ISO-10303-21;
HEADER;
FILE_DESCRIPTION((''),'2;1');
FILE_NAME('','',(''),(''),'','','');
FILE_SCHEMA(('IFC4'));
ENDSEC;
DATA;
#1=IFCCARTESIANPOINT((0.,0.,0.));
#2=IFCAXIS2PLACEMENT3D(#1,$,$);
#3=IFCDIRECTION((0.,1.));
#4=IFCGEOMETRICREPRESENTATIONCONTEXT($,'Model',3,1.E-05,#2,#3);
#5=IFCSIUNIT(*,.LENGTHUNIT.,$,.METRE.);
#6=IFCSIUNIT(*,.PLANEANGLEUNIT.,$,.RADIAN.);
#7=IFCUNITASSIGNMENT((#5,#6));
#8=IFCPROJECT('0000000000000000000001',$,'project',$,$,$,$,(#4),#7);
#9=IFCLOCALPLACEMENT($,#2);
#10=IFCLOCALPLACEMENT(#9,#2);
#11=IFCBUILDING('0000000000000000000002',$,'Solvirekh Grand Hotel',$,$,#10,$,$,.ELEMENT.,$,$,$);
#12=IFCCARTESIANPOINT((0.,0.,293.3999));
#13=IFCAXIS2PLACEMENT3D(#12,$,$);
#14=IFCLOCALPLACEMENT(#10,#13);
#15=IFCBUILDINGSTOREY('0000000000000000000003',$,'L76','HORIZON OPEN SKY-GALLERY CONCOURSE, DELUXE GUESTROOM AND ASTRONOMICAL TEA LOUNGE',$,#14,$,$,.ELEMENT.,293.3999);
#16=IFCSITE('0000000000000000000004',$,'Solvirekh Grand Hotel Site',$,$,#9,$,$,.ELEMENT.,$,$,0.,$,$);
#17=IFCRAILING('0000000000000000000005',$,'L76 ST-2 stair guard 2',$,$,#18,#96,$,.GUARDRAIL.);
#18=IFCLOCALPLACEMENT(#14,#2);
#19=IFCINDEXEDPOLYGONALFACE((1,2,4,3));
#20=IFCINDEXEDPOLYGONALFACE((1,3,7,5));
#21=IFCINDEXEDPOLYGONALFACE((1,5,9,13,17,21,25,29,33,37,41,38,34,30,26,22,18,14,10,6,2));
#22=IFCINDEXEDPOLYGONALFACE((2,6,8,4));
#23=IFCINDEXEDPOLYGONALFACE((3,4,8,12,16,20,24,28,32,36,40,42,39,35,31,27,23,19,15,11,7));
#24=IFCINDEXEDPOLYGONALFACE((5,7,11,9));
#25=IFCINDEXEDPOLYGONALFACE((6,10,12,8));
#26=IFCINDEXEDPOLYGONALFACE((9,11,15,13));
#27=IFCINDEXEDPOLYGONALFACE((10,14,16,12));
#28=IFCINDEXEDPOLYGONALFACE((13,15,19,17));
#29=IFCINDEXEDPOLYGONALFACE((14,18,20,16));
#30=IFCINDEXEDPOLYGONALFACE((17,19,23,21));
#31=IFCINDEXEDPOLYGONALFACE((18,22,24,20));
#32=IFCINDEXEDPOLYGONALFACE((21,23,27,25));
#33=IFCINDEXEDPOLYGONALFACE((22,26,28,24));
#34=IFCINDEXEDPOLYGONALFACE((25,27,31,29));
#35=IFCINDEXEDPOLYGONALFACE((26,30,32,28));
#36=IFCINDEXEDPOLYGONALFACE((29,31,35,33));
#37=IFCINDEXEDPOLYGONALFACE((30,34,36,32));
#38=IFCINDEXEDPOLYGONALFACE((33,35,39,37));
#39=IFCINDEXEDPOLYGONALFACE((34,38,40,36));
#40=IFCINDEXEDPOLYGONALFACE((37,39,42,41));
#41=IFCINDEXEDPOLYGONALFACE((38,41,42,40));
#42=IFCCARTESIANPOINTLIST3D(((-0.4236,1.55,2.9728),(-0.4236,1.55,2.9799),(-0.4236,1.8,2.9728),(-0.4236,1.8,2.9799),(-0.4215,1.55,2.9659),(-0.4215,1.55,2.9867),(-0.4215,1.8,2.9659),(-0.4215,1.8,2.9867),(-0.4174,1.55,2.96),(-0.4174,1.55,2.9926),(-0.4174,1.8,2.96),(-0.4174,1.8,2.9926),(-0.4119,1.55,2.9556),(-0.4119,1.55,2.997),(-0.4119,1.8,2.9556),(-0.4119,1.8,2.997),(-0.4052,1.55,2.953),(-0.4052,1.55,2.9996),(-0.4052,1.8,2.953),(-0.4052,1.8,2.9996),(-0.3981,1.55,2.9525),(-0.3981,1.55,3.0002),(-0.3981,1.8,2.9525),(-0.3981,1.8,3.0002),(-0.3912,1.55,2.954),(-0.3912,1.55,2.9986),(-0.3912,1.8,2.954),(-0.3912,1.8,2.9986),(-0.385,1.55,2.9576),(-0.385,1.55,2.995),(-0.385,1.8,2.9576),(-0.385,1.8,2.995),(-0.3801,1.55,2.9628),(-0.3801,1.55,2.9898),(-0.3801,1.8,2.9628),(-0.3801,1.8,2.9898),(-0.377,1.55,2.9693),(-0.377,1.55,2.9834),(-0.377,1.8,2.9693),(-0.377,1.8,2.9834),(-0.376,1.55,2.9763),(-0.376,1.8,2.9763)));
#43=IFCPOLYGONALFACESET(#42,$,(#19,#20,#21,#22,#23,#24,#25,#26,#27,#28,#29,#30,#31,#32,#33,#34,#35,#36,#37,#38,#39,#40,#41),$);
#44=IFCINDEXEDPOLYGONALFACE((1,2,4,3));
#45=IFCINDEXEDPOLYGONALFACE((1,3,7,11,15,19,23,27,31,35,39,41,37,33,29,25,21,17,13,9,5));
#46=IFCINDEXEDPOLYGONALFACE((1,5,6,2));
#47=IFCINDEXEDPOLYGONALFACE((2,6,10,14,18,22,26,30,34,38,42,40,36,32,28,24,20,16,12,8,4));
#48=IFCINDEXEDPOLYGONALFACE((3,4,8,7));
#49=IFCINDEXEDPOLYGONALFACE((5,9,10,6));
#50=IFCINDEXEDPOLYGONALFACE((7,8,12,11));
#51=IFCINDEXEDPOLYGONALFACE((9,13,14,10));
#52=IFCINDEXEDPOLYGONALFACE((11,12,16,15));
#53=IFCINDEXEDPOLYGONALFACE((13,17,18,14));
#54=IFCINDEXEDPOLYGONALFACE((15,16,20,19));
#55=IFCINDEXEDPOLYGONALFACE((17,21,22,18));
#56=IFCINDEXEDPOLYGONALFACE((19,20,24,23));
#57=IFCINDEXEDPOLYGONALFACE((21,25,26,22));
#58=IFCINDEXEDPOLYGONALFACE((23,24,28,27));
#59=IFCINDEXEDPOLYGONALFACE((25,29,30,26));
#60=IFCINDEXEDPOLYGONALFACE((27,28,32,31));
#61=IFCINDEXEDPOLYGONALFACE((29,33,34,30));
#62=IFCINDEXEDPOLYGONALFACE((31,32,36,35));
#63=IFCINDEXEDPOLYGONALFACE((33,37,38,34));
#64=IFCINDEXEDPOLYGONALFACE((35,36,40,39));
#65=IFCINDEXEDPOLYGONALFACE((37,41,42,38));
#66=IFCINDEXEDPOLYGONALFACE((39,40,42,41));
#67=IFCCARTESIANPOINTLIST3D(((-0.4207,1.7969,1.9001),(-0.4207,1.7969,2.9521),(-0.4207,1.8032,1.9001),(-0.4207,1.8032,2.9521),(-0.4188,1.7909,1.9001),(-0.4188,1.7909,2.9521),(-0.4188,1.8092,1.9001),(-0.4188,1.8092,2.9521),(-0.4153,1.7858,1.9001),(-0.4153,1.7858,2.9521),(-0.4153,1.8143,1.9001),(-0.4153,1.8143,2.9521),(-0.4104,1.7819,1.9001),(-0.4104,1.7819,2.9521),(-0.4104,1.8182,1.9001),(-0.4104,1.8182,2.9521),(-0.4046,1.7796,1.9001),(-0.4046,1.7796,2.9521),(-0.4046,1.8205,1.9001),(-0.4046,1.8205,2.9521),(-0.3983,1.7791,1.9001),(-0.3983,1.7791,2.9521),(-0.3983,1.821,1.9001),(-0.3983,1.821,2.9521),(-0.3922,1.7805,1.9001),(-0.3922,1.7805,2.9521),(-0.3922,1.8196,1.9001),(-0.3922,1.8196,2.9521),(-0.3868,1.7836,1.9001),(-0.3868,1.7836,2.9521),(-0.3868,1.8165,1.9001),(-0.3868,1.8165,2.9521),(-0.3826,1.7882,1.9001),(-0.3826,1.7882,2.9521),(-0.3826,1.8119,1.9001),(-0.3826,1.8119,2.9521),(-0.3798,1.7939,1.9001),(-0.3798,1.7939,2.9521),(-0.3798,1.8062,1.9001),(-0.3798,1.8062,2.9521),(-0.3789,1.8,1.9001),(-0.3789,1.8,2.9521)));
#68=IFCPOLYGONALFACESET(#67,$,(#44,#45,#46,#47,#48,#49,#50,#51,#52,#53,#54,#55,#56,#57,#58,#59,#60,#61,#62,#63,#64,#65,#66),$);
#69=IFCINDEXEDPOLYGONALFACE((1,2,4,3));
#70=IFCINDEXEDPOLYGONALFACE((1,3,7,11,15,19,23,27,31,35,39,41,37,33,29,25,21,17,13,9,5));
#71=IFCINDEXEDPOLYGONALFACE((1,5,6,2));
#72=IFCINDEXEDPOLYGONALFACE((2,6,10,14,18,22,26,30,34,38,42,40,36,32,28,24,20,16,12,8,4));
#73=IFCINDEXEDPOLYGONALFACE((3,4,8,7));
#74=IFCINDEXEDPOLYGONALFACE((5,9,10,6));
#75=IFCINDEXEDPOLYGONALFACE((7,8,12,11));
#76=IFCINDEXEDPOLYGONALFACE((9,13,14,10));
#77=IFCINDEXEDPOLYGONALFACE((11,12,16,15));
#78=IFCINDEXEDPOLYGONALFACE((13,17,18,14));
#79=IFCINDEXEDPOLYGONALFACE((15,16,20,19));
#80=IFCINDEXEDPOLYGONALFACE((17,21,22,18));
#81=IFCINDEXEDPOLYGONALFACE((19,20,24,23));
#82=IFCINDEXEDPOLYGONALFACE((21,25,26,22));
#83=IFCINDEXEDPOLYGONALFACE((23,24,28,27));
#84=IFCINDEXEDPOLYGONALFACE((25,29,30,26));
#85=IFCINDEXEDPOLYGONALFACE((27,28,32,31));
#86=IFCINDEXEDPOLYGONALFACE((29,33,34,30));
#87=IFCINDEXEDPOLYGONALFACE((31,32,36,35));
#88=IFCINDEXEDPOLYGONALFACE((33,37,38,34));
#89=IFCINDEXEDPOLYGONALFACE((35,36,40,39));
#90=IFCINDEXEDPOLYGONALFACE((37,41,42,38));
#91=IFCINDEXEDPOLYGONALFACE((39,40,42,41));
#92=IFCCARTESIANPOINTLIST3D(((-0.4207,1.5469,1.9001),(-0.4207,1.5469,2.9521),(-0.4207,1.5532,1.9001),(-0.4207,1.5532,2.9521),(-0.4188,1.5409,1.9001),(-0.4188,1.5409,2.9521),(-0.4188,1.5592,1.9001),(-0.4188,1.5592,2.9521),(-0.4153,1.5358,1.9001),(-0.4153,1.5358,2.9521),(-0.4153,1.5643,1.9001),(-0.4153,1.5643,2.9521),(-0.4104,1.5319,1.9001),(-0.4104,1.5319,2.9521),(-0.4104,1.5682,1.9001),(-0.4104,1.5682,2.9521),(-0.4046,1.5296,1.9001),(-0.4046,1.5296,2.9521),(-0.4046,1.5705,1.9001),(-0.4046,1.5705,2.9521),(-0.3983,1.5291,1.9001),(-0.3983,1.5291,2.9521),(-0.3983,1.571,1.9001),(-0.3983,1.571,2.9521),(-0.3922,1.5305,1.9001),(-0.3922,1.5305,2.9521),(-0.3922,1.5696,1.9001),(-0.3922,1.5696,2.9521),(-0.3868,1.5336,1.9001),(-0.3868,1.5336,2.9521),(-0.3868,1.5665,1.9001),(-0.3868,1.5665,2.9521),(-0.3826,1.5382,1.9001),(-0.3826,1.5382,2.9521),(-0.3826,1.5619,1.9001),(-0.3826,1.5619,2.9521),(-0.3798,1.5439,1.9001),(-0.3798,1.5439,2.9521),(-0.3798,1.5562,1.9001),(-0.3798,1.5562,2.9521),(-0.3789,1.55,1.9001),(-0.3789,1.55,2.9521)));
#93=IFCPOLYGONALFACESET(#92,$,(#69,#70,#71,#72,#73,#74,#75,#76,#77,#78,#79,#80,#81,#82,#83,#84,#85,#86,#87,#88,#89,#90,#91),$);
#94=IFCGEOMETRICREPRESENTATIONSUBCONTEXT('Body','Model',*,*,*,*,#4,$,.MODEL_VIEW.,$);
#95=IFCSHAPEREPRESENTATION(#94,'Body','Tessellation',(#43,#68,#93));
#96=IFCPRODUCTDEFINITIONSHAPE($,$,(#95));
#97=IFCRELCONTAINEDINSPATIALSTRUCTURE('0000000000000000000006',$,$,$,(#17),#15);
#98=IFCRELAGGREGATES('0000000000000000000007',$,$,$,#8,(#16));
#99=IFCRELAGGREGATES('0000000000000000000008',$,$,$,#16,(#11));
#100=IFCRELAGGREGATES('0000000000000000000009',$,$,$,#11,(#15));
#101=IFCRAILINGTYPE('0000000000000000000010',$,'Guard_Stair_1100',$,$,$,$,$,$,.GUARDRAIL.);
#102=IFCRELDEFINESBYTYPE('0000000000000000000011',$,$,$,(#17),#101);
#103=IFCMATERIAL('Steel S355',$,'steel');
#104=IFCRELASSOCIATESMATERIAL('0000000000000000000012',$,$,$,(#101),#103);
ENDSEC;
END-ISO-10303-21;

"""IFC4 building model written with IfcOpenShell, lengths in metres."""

from ifc_helpers import new_model, si_unit, direction, frame, origin, origin_2d, place, context, subcontext, project, spatial, circle, extrude, material, type_object, element, save


model = new_model("IFC4")

# Units and contexts
model_context = context("Model", 3, precision=1e-05, world=origin(), true_north=direction((0.0, 1.0)))
body_context = subcontext(model_context, "Body", "Model", "MODEL_VIEW")
ifc_project = project(units=[si_unit("LENGTHUNIT", "METRE"), si_unit("PLANEANGLEUNIT", "RADIAN")], contexts=[model_context])

# Site, building, storey
site_placement = place(None, origin())
site = spatial("IfcSite", under=ifc_project, at=site_placement, Name="Solvirekh Grand Hotel Site", CompositionType="ELEMENT", RefElevation=0.0)
building_placement = place(site_placement, origin())
building = spatial("IfcBuilding", under=site, at=building_placement, Name="Solvirekh Grand Hotel", CompositionType="ELEMENT")
storey_placement = place(building_placement, frame((0.0, 0.0, 293.3999)))
storey = spatial("IfcBuildingStorey", under=building, at=storey_placement, Name="L76", Description="HORIZON OPEN SKY-GALLERY CONCOURSE, DELUXE GUESTROOM AND ASTRONOMICAL TEA LOUNGE", CompositionType="ELEMENT", Elevation=293.3999)

# Shared definitions
ifc_material_1 = material(Name="Steel S355", Category="steel")

# Railing
railing_type_1 = type_object("IfcRailingType", Name="Guard_Stair_1100", PredefinedType="GUARDRAIL", material=ifc_material_1)
railing_1_placement = place(storey_placement, frame((-0.3999, 1.8, 1.9001)))
element("IfcRailing", 1, at=railing_1_placement, inside=storey, type_object=railing_type_1, Name="L76 ST-2 stair guard 2", PredefinedType="GUARDRAIL", context=body_context, shape_type="SweptSolid", body=[
    extrude(circle(Radius=0.0239, at=origin_2d()), frame((0.0, 0.0, 1.0762), z_axis=(0.0, -1.0, 0.0), x_axis=(1.0, 0.0, 0.0)), (0.0, 0.0, 1.0), 0.25),
    extrude(circle(Radius=0.021, at=origin_2d()), origin(), (0.0, 0.0, 1.0), 1.052),
    extrude(circle(Radius=0.021, at=origin_2d()), frame((0.0, -0.25, 0.0)), (0.0, 0.0, 1.0), 1.052),
])

save(model, "model.ifc")
